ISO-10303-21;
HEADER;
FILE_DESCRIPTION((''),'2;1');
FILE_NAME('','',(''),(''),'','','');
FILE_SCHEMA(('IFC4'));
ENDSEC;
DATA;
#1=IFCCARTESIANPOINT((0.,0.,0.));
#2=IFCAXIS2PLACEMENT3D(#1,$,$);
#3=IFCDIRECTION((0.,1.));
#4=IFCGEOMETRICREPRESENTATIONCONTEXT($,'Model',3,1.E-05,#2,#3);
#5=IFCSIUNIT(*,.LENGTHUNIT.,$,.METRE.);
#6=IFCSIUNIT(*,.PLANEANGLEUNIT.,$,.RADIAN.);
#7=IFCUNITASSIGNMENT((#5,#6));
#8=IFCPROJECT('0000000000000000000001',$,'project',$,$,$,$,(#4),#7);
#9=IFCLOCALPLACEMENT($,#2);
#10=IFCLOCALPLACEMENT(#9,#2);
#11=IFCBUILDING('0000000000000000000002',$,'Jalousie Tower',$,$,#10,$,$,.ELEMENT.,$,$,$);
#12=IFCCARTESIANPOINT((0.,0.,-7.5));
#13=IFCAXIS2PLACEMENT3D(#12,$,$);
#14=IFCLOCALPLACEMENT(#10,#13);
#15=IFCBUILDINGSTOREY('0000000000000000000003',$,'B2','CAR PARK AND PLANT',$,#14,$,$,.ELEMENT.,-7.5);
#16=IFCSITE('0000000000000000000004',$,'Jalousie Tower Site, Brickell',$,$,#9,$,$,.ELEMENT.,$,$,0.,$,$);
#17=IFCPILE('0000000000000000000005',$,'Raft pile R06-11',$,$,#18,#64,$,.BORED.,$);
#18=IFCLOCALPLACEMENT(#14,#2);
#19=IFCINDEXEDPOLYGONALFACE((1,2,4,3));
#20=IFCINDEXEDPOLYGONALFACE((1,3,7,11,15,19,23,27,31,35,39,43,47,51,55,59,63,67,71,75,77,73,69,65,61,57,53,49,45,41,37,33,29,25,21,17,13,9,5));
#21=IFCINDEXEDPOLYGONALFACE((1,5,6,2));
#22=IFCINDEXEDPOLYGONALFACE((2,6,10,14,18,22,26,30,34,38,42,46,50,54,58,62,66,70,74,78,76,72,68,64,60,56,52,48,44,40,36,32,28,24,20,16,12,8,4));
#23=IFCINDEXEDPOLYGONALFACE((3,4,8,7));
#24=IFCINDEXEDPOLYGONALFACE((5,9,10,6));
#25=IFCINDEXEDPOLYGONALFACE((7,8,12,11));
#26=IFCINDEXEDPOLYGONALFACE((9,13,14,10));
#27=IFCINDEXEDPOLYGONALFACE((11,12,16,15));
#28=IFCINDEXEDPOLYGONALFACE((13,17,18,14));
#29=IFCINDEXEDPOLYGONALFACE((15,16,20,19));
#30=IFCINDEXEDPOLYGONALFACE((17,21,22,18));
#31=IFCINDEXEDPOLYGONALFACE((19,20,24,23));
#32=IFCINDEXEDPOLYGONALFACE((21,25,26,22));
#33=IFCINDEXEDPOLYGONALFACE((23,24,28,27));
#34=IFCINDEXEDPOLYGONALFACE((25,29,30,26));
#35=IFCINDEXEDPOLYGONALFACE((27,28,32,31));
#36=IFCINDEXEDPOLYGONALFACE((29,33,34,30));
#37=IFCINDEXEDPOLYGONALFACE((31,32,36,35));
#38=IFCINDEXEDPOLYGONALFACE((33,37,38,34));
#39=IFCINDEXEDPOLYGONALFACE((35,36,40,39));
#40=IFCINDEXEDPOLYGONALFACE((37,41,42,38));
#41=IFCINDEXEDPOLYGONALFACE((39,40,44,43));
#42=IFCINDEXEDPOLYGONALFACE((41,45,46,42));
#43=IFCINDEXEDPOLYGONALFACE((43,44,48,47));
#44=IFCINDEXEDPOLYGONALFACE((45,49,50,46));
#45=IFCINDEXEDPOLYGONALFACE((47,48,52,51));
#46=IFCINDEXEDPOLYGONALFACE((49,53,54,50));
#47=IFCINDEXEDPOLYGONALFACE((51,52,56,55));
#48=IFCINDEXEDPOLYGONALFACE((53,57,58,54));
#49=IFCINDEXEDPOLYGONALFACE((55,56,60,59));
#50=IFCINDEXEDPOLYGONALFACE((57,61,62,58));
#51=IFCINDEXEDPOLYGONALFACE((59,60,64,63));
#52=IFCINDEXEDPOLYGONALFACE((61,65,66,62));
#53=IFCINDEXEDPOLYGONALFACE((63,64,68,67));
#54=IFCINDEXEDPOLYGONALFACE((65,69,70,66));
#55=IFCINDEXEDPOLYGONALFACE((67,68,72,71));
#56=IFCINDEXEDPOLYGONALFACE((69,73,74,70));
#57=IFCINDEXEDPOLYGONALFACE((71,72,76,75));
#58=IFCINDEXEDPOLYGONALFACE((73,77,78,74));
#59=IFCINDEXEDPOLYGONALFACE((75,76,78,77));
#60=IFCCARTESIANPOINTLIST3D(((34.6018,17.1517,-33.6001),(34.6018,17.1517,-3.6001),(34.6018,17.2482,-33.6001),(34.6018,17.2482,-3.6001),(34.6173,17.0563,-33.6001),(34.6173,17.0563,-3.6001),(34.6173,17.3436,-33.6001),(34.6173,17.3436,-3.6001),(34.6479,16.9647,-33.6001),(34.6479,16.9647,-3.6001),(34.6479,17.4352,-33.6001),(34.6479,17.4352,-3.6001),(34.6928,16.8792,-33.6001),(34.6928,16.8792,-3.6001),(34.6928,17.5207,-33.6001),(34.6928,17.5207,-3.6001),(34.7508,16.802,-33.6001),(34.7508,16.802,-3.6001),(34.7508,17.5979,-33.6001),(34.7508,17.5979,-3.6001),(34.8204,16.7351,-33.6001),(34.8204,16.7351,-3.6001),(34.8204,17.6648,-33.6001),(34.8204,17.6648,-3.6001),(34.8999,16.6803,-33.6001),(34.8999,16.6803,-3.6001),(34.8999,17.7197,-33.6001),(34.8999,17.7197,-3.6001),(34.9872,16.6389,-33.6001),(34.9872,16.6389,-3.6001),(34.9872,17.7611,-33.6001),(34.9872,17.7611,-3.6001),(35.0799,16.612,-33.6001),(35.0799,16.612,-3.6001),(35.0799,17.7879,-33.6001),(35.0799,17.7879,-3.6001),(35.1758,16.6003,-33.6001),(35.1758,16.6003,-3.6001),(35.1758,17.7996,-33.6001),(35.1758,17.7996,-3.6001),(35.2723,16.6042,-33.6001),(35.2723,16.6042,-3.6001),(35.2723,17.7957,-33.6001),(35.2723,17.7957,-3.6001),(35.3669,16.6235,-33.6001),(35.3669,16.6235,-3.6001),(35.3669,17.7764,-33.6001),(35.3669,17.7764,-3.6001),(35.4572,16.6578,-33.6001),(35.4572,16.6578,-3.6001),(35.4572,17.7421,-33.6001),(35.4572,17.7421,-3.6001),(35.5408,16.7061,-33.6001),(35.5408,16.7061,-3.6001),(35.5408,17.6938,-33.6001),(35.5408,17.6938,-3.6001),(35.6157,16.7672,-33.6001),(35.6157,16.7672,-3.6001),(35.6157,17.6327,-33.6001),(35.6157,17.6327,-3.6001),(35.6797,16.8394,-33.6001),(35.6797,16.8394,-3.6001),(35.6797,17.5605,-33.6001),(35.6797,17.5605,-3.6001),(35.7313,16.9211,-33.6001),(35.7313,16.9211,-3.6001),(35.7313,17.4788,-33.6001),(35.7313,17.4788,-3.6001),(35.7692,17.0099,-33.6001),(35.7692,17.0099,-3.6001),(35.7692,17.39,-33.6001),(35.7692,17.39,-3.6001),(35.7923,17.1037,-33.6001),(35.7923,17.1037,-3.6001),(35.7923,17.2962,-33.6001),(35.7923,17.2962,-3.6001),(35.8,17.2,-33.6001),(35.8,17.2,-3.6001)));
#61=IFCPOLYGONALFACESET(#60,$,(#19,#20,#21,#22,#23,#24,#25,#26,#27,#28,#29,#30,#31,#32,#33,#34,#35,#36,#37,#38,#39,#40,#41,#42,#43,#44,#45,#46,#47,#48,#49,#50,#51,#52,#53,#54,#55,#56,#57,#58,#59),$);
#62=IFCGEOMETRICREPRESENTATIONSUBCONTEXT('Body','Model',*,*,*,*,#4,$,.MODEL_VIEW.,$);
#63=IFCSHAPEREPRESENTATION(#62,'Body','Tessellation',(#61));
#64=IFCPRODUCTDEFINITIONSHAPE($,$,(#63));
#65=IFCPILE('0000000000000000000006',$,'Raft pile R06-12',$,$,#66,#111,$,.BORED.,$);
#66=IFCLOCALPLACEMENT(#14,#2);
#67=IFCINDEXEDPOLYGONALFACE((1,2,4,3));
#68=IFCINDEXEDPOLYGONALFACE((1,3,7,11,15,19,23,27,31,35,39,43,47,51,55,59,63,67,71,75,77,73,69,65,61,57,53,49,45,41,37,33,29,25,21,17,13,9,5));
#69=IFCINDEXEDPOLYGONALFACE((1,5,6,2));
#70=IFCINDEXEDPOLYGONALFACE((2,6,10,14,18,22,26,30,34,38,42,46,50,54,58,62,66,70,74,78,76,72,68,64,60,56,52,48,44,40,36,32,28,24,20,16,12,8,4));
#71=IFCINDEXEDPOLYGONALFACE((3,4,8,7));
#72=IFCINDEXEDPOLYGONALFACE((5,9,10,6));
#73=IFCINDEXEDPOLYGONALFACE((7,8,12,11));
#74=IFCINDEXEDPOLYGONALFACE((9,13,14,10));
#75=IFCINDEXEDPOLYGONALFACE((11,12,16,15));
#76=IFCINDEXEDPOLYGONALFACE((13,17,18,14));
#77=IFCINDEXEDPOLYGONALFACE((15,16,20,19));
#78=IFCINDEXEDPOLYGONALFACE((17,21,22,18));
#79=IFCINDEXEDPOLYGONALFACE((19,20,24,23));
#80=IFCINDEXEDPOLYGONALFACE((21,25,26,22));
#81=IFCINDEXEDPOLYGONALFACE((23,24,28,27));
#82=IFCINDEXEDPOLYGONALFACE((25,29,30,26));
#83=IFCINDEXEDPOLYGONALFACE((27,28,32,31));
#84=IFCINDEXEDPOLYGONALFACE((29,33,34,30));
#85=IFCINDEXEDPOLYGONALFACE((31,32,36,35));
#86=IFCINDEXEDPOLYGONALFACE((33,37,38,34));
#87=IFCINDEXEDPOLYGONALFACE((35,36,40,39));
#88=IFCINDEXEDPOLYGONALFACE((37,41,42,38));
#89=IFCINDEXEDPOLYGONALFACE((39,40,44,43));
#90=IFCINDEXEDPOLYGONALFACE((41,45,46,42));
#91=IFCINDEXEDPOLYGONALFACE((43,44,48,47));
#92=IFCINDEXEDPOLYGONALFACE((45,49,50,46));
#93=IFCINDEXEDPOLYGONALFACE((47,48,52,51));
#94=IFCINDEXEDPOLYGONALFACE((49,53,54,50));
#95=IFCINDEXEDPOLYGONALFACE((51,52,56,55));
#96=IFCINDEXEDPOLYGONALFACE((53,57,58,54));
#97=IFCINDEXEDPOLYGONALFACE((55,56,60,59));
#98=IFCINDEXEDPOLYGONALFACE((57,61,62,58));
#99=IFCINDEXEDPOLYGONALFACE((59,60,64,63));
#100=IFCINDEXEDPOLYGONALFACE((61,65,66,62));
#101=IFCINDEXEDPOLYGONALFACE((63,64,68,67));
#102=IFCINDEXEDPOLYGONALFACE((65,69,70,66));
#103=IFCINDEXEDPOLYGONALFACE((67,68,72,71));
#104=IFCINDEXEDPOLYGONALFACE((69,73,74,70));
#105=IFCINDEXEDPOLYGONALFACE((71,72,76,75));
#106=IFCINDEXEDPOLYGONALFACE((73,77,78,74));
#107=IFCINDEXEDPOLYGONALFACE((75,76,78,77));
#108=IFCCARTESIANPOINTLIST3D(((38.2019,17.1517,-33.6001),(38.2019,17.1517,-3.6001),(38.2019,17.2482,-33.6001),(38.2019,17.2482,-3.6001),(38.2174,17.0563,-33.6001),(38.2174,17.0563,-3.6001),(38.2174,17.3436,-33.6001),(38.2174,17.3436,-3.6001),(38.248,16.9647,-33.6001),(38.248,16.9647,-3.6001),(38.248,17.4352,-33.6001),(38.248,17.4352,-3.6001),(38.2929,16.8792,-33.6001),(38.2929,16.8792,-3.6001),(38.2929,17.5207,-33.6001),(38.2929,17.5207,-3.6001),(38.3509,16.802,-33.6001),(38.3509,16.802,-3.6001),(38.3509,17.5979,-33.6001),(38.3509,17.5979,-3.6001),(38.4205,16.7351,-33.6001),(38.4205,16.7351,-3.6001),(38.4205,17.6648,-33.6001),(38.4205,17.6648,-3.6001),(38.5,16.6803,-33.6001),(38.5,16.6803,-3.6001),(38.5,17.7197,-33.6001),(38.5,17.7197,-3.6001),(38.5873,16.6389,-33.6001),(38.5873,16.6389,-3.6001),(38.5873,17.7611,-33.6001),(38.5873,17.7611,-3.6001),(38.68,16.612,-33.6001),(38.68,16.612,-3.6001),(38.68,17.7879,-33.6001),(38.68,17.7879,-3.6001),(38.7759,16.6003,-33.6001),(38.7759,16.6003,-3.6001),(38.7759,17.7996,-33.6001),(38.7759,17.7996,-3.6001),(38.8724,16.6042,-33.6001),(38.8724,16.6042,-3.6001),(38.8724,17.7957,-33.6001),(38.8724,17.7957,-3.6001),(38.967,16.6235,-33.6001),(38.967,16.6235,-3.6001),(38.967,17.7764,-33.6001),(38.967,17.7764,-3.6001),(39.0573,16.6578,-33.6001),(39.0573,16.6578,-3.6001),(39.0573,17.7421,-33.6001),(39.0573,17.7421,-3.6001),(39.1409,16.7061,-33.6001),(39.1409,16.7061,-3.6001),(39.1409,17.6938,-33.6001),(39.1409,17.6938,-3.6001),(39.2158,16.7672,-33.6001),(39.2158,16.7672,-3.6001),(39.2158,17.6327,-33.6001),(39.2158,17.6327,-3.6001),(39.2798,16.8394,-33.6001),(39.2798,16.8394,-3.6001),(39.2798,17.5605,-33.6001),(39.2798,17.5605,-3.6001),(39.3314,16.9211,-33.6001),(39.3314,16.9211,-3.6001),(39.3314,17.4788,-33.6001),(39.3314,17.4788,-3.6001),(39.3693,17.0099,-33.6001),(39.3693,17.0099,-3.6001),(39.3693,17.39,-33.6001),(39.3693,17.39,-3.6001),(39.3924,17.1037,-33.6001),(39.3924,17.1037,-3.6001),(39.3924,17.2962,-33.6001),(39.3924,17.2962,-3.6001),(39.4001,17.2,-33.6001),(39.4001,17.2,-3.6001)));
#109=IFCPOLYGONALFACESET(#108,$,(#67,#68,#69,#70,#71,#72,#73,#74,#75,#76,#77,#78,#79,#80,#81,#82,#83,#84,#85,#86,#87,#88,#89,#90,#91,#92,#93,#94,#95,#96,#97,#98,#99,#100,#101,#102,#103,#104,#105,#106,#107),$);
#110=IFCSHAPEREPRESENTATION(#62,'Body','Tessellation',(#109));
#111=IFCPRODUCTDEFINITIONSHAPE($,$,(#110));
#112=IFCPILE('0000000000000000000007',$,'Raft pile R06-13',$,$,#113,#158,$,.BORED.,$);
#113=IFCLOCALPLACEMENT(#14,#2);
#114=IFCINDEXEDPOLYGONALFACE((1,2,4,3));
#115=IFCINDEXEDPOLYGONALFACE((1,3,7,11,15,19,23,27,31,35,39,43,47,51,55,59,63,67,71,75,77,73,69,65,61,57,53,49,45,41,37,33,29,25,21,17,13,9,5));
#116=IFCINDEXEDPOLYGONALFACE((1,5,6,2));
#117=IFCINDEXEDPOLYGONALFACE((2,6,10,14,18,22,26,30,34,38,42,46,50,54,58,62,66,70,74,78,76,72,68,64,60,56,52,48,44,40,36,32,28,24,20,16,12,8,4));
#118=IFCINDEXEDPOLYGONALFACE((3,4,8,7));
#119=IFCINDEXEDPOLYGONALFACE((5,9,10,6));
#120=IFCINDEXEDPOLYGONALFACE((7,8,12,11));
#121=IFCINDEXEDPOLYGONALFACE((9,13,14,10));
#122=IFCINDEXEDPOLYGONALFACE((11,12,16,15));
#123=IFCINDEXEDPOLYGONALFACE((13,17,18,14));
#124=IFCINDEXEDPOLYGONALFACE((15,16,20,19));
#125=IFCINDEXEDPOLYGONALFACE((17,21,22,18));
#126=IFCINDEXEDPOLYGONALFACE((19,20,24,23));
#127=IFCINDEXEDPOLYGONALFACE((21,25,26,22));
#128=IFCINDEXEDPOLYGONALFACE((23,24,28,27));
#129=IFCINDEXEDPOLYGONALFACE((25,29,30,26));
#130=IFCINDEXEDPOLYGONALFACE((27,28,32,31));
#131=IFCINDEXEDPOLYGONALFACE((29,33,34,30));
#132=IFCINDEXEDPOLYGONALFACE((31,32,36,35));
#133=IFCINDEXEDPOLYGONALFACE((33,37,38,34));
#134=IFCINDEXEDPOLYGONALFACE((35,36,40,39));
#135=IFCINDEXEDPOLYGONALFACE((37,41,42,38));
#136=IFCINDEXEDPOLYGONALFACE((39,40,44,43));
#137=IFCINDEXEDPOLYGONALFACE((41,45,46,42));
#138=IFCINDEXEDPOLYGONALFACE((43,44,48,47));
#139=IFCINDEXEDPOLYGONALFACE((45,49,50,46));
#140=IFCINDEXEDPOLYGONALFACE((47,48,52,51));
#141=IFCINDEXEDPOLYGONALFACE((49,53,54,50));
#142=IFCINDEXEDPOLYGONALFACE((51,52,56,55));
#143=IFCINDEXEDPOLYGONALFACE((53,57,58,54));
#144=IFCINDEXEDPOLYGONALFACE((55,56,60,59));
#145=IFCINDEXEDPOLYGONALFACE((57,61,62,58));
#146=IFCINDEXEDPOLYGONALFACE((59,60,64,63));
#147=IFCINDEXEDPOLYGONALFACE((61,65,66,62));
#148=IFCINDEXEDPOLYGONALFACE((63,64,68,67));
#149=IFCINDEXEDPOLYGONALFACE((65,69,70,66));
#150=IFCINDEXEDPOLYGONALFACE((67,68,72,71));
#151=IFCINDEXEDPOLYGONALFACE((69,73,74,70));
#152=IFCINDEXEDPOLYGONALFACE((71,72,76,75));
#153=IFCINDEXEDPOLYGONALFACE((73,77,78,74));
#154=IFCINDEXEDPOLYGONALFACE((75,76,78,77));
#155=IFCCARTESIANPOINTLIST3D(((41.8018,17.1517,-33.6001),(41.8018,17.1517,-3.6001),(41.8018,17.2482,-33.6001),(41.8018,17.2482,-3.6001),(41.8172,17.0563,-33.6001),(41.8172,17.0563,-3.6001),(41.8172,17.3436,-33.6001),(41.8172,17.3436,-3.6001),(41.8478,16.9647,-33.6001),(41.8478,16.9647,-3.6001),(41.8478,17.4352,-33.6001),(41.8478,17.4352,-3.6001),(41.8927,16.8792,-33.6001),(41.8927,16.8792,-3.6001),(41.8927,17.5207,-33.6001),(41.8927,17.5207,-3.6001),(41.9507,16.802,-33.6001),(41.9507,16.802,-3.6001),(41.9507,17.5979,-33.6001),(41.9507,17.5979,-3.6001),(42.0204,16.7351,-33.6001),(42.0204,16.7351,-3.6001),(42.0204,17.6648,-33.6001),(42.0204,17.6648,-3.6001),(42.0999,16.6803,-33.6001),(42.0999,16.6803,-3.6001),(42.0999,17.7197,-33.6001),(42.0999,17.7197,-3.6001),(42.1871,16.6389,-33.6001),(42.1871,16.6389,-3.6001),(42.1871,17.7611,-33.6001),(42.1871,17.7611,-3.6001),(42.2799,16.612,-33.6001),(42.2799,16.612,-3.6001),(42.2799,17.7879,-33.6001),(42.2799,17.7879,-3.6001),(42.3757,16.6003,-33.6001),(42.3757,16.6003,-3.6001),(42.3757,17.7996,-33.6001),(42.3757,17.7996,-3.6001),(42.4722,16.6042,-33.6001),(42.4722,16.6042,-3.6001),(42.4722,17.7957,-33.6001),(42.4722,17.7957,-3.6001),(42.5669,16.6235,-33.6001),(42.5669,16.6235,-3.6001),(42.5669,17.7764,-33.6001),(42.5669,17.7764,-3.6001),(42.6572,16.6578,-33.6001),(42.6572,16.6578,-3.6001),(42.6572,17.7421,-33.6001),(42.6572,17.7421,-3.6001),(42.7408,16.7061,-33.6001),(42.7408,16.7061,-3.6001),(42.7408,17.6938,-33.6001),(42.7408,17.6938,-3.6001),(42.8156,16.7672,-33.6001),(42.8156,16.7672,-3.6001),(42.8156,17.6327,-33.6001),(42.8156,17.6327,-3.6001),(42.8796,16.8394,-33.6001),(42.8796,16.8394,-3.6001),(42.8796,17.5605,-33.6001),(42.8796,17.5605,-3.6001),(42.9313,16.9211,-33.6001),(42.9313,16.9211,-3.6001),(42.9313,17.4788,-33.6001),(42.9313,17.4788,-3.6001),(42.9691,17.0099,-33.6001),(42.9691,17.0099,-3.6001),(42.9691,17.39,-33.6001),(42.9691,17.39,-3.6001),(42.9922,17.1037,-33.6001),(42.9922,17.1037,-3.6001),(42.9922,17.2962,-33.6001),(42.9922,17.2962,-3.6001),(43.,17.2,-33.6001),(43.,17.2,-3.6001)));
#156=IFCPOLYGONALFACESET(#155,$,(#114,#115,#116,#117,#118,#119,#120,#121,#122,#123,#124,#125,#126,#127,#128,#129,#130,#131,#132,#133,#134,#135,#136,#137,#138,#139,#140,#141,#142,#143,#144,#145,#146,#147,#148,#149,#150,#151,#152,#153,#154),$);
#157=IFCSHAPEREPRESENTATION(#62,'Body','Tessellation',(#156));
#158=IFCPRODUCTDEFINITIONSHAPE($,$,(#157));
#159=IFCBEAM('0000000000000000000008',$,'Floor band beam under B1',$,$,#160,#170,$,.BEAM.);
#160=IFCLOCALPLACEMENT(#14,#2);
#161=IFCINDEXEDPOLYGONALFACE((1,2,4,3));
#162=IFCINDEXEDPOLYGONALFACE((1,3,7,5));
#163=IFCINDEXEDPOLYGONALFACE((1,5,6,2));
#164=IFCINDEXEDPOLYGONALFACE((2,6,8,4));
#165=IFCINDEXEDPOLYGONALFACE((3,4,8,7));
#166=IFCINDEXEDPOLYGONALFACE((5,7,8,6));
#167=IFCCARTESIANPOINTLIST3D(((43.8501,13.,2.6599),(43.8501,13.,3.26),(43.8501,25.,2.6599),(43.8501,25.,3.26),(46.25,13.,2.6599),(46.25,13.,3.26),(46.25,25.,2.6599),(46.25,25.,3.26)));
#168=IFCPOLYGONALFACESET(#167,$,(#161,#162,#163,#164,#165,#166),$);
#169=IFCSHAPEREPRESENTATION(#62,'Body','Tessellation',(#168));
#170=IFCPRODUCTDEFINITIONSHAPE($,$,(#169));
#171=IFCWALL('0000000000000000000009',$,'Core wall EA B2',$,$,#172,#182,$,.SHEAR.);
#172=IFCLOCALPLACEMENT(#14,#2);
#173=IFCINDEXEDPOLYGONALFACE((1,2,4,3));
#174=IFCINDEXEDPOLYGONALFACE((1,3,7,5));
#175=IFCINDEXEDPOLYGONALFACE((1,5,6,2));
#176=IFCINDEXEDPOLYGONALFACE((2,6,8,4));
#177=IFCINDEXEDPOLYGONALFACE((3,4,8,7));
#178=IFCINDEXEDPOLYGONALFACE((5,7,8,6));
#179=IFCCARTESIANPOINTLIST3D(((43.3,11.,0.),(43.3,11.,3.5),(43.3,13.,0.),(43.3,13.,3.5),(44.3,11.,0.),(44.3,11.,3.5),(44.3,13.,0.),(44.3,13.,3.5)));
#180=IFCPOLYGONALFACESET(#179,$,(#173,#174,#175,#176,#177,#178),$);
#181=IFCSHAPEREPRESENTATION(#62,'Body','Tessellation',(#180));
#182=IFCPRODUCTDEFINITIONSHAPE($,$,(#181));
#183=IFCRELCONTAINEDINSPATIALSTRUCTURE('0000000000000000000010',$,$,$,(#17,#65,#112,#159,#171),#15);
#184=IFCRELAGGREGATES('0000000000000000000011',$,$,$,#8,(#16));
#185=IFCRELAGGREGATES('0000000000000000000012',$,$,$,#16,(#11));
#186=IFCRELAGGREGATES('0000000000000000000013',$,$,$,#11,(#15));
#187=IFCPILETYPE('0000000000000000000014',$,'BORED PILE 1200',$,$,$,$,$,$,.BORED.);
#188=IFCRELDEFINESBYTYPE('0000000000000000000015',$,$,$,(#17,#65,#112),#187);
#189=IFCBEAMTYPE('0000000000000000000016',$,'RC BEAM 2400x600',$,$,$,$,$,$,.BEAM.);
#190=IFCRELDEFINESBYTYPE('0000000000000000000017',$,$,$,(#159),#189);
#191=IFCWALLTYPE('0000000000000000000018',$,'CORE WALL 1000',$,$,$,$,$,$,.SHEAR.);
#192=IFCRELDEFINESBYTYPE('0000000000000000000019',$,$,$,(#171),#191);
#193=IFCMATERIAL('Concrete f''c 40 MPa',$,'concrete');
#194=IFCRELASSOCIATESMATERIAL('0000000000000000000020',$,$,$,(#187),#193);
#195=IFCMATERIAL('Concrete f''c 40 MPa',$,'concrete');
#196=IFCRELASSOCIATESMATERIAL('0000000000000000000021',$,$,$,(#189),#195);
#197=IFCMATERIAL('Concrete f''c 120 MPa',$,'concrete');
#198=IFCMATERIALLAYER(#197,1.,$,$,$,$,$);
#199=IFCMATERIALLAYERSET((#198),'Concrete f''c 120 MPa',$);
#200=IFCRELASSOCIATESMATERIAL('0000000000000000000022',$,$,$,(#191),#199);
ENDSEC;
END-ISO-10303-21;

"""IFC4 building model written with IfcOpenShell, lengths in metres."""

from ifc_helpers import new_model, si_unit, direction, frame, frame_2d, origin, origin_2d, place, context, subcontext, project, spatial, rectangle, circle, extrude, material, layer, layer_set, material_profile, profile_set, type_object, element, save


model = new_model("IFC4")

# Units and contexts
model_context = context("Model", 3, precision=1e-05, world=origin(), true_north=direction((0.0, 1.0)))
body_context = subcontext(model_context, "Body", "Model", "MODEL_VIEW")
ifc_project = project(units=[si_unit("LENGTHUNIT", "METRE"), si_unit("PLANEANGLEUNIT", "RADIAN")], contexts=[model_context])

# Site, building, storey
site_placement = place(None, origin())
site = spatial("IfcSite", under=ifc_project, at=site_placement, Name="Jalousie Tower Site, Brickell", CompositionType="ELEMENT", RefElevation=0.0)
building_placement = place(site_placement, origin())
building = spatial("IfcBuilding", under=site, at=building_placement, Name="Jalousie Tower", CompositionType="ELEMENT")
storey_placement = place(building_placement, frame((0.0, 0.0, -7.5)))
storey = spatial("IfcBuildingStorey", under=building, at=storey_placement, Name="B2", Description="CAR PARK AND PLANT", CompositionType="ELEMENT", Elevation=-7.5)

# Piles
ifc_material_1 = material(Name="Concrete f'c 40 MPa", Category="concrete")
ifc_material_profile_1 = material_profile(ifc_material_1, circle(Radius=0.6001, at=origin_2d()), Name="BORED PILE D1200")
ifc_profile_set_1 = profile_set([ifc_material_profile_1], Name="Concrete f'c 40 MPa")
pile_type = type_object("IfcPileType", Name="BORED PILE 1200", PredefinedType="BORED", material=ifc_profile_set_1)
for number, where, z_axis, x_axis, name in (
    (1, (35.2, 17.2, -3.6001), (0.0, 0.0, -1.0), (1.0, 0.0, 0.0), "Raft pile R06-11"),
    (2, (38.8, 17.2, -3.6001), (0.0, 0.0, -1.0), (1.0, 0.0, 0.0), "Raft pile R06-12"),
    (3, (42.3999, 17.2, -3.6001), (0.0, 0.0, -1.0), (1.0, 0.0, 0.0), "Raft pile R06-13"),
):
    element("IfcPile", number, at=place(storey_placement, frame(where, z_axis=z_axis, x_axis=x_axis)), inside=storey, type_object=pile_type, Name=name, PredefinedType="BORED", context=body_context, shape_type="SweptSolid", body=[
        extrude(circle(Radius=0.6001, at=origin_2d()), origin(), (0.0, 0.0, 1.0), 30.0),
    ])

# Beam
ifc_material_2 = material(Name="Concrete f'c 40 MPa", Category="concrete")
ifc_material_profile_2 = material_profile(ifc_material_2, rectangle(XDim=2.3999, YDim=0.6001, at=origin_2d()), Name="RC 2400x600")
ifc_profile_set_2 = profile_set([ifc_material_profile_2], Name="Concrete f'c 40 MPa")
beam_type = type_object("IfcBeamType", Name="RC BEAM 2400x600", PredefinedType="BEAM", material=ifc_profile_set_2)
beam_placement = place(storey_placement, frame((45.05, 13.0, 2.96), z_axis=(0.0, 1.0, 0.0), x_axis=(-1.0, 0.0, 0.0)))
element("IfcBeam", 4, at=beam_placement, inside=storey, type_object=beam_type, Name="Floor band beam under B1", PredefinedType="BEAM", context=body_context, shape_type="SweptSolid", body=[
    extrude(rectangle(XDim=2.3999, YDim=0.6001, at=origin_2d()), origin(), (0.0, 0.0, 1.0), 12.0),
])

# Wall
ifc_material_3 = material(Name="Concrete f'c 120 MPa", Category="concrete")
ifc_layer_1 = layer(ifc_material_3, 1.0)
ifc_layer_set_1 = layer_set([ifc_layer_1], Name="Concrete f'c 120 MPa")
wall_type_1 = type_object("IfcWallType", Name="CORE WALL 1000", PredefinedType="SHEAR", material=ifc_layer_set_1)
wall_1_placement = place(storey_placement, frame((43.8, 11.0, 0.0), z_axis=(0.0, 0.0, 1.0), x_axis=(0.0, 1.0, 0.0)))
element("IfcWall", 5, at=wall_1_placement, inside=storey, type_object=wall_type_1, Name="Core wall EA B2", PredefinedType="SHEAR", context=body_context, shape_type="SweptSolid", body=[
    extrude(rectangle(XDim=2.0, YDim=1.0, at=frame_2d((1.0, 0.0))), origin(), (0.0, 0.0, 1.0), 3.5),
])

save(model, "model.ifc")
